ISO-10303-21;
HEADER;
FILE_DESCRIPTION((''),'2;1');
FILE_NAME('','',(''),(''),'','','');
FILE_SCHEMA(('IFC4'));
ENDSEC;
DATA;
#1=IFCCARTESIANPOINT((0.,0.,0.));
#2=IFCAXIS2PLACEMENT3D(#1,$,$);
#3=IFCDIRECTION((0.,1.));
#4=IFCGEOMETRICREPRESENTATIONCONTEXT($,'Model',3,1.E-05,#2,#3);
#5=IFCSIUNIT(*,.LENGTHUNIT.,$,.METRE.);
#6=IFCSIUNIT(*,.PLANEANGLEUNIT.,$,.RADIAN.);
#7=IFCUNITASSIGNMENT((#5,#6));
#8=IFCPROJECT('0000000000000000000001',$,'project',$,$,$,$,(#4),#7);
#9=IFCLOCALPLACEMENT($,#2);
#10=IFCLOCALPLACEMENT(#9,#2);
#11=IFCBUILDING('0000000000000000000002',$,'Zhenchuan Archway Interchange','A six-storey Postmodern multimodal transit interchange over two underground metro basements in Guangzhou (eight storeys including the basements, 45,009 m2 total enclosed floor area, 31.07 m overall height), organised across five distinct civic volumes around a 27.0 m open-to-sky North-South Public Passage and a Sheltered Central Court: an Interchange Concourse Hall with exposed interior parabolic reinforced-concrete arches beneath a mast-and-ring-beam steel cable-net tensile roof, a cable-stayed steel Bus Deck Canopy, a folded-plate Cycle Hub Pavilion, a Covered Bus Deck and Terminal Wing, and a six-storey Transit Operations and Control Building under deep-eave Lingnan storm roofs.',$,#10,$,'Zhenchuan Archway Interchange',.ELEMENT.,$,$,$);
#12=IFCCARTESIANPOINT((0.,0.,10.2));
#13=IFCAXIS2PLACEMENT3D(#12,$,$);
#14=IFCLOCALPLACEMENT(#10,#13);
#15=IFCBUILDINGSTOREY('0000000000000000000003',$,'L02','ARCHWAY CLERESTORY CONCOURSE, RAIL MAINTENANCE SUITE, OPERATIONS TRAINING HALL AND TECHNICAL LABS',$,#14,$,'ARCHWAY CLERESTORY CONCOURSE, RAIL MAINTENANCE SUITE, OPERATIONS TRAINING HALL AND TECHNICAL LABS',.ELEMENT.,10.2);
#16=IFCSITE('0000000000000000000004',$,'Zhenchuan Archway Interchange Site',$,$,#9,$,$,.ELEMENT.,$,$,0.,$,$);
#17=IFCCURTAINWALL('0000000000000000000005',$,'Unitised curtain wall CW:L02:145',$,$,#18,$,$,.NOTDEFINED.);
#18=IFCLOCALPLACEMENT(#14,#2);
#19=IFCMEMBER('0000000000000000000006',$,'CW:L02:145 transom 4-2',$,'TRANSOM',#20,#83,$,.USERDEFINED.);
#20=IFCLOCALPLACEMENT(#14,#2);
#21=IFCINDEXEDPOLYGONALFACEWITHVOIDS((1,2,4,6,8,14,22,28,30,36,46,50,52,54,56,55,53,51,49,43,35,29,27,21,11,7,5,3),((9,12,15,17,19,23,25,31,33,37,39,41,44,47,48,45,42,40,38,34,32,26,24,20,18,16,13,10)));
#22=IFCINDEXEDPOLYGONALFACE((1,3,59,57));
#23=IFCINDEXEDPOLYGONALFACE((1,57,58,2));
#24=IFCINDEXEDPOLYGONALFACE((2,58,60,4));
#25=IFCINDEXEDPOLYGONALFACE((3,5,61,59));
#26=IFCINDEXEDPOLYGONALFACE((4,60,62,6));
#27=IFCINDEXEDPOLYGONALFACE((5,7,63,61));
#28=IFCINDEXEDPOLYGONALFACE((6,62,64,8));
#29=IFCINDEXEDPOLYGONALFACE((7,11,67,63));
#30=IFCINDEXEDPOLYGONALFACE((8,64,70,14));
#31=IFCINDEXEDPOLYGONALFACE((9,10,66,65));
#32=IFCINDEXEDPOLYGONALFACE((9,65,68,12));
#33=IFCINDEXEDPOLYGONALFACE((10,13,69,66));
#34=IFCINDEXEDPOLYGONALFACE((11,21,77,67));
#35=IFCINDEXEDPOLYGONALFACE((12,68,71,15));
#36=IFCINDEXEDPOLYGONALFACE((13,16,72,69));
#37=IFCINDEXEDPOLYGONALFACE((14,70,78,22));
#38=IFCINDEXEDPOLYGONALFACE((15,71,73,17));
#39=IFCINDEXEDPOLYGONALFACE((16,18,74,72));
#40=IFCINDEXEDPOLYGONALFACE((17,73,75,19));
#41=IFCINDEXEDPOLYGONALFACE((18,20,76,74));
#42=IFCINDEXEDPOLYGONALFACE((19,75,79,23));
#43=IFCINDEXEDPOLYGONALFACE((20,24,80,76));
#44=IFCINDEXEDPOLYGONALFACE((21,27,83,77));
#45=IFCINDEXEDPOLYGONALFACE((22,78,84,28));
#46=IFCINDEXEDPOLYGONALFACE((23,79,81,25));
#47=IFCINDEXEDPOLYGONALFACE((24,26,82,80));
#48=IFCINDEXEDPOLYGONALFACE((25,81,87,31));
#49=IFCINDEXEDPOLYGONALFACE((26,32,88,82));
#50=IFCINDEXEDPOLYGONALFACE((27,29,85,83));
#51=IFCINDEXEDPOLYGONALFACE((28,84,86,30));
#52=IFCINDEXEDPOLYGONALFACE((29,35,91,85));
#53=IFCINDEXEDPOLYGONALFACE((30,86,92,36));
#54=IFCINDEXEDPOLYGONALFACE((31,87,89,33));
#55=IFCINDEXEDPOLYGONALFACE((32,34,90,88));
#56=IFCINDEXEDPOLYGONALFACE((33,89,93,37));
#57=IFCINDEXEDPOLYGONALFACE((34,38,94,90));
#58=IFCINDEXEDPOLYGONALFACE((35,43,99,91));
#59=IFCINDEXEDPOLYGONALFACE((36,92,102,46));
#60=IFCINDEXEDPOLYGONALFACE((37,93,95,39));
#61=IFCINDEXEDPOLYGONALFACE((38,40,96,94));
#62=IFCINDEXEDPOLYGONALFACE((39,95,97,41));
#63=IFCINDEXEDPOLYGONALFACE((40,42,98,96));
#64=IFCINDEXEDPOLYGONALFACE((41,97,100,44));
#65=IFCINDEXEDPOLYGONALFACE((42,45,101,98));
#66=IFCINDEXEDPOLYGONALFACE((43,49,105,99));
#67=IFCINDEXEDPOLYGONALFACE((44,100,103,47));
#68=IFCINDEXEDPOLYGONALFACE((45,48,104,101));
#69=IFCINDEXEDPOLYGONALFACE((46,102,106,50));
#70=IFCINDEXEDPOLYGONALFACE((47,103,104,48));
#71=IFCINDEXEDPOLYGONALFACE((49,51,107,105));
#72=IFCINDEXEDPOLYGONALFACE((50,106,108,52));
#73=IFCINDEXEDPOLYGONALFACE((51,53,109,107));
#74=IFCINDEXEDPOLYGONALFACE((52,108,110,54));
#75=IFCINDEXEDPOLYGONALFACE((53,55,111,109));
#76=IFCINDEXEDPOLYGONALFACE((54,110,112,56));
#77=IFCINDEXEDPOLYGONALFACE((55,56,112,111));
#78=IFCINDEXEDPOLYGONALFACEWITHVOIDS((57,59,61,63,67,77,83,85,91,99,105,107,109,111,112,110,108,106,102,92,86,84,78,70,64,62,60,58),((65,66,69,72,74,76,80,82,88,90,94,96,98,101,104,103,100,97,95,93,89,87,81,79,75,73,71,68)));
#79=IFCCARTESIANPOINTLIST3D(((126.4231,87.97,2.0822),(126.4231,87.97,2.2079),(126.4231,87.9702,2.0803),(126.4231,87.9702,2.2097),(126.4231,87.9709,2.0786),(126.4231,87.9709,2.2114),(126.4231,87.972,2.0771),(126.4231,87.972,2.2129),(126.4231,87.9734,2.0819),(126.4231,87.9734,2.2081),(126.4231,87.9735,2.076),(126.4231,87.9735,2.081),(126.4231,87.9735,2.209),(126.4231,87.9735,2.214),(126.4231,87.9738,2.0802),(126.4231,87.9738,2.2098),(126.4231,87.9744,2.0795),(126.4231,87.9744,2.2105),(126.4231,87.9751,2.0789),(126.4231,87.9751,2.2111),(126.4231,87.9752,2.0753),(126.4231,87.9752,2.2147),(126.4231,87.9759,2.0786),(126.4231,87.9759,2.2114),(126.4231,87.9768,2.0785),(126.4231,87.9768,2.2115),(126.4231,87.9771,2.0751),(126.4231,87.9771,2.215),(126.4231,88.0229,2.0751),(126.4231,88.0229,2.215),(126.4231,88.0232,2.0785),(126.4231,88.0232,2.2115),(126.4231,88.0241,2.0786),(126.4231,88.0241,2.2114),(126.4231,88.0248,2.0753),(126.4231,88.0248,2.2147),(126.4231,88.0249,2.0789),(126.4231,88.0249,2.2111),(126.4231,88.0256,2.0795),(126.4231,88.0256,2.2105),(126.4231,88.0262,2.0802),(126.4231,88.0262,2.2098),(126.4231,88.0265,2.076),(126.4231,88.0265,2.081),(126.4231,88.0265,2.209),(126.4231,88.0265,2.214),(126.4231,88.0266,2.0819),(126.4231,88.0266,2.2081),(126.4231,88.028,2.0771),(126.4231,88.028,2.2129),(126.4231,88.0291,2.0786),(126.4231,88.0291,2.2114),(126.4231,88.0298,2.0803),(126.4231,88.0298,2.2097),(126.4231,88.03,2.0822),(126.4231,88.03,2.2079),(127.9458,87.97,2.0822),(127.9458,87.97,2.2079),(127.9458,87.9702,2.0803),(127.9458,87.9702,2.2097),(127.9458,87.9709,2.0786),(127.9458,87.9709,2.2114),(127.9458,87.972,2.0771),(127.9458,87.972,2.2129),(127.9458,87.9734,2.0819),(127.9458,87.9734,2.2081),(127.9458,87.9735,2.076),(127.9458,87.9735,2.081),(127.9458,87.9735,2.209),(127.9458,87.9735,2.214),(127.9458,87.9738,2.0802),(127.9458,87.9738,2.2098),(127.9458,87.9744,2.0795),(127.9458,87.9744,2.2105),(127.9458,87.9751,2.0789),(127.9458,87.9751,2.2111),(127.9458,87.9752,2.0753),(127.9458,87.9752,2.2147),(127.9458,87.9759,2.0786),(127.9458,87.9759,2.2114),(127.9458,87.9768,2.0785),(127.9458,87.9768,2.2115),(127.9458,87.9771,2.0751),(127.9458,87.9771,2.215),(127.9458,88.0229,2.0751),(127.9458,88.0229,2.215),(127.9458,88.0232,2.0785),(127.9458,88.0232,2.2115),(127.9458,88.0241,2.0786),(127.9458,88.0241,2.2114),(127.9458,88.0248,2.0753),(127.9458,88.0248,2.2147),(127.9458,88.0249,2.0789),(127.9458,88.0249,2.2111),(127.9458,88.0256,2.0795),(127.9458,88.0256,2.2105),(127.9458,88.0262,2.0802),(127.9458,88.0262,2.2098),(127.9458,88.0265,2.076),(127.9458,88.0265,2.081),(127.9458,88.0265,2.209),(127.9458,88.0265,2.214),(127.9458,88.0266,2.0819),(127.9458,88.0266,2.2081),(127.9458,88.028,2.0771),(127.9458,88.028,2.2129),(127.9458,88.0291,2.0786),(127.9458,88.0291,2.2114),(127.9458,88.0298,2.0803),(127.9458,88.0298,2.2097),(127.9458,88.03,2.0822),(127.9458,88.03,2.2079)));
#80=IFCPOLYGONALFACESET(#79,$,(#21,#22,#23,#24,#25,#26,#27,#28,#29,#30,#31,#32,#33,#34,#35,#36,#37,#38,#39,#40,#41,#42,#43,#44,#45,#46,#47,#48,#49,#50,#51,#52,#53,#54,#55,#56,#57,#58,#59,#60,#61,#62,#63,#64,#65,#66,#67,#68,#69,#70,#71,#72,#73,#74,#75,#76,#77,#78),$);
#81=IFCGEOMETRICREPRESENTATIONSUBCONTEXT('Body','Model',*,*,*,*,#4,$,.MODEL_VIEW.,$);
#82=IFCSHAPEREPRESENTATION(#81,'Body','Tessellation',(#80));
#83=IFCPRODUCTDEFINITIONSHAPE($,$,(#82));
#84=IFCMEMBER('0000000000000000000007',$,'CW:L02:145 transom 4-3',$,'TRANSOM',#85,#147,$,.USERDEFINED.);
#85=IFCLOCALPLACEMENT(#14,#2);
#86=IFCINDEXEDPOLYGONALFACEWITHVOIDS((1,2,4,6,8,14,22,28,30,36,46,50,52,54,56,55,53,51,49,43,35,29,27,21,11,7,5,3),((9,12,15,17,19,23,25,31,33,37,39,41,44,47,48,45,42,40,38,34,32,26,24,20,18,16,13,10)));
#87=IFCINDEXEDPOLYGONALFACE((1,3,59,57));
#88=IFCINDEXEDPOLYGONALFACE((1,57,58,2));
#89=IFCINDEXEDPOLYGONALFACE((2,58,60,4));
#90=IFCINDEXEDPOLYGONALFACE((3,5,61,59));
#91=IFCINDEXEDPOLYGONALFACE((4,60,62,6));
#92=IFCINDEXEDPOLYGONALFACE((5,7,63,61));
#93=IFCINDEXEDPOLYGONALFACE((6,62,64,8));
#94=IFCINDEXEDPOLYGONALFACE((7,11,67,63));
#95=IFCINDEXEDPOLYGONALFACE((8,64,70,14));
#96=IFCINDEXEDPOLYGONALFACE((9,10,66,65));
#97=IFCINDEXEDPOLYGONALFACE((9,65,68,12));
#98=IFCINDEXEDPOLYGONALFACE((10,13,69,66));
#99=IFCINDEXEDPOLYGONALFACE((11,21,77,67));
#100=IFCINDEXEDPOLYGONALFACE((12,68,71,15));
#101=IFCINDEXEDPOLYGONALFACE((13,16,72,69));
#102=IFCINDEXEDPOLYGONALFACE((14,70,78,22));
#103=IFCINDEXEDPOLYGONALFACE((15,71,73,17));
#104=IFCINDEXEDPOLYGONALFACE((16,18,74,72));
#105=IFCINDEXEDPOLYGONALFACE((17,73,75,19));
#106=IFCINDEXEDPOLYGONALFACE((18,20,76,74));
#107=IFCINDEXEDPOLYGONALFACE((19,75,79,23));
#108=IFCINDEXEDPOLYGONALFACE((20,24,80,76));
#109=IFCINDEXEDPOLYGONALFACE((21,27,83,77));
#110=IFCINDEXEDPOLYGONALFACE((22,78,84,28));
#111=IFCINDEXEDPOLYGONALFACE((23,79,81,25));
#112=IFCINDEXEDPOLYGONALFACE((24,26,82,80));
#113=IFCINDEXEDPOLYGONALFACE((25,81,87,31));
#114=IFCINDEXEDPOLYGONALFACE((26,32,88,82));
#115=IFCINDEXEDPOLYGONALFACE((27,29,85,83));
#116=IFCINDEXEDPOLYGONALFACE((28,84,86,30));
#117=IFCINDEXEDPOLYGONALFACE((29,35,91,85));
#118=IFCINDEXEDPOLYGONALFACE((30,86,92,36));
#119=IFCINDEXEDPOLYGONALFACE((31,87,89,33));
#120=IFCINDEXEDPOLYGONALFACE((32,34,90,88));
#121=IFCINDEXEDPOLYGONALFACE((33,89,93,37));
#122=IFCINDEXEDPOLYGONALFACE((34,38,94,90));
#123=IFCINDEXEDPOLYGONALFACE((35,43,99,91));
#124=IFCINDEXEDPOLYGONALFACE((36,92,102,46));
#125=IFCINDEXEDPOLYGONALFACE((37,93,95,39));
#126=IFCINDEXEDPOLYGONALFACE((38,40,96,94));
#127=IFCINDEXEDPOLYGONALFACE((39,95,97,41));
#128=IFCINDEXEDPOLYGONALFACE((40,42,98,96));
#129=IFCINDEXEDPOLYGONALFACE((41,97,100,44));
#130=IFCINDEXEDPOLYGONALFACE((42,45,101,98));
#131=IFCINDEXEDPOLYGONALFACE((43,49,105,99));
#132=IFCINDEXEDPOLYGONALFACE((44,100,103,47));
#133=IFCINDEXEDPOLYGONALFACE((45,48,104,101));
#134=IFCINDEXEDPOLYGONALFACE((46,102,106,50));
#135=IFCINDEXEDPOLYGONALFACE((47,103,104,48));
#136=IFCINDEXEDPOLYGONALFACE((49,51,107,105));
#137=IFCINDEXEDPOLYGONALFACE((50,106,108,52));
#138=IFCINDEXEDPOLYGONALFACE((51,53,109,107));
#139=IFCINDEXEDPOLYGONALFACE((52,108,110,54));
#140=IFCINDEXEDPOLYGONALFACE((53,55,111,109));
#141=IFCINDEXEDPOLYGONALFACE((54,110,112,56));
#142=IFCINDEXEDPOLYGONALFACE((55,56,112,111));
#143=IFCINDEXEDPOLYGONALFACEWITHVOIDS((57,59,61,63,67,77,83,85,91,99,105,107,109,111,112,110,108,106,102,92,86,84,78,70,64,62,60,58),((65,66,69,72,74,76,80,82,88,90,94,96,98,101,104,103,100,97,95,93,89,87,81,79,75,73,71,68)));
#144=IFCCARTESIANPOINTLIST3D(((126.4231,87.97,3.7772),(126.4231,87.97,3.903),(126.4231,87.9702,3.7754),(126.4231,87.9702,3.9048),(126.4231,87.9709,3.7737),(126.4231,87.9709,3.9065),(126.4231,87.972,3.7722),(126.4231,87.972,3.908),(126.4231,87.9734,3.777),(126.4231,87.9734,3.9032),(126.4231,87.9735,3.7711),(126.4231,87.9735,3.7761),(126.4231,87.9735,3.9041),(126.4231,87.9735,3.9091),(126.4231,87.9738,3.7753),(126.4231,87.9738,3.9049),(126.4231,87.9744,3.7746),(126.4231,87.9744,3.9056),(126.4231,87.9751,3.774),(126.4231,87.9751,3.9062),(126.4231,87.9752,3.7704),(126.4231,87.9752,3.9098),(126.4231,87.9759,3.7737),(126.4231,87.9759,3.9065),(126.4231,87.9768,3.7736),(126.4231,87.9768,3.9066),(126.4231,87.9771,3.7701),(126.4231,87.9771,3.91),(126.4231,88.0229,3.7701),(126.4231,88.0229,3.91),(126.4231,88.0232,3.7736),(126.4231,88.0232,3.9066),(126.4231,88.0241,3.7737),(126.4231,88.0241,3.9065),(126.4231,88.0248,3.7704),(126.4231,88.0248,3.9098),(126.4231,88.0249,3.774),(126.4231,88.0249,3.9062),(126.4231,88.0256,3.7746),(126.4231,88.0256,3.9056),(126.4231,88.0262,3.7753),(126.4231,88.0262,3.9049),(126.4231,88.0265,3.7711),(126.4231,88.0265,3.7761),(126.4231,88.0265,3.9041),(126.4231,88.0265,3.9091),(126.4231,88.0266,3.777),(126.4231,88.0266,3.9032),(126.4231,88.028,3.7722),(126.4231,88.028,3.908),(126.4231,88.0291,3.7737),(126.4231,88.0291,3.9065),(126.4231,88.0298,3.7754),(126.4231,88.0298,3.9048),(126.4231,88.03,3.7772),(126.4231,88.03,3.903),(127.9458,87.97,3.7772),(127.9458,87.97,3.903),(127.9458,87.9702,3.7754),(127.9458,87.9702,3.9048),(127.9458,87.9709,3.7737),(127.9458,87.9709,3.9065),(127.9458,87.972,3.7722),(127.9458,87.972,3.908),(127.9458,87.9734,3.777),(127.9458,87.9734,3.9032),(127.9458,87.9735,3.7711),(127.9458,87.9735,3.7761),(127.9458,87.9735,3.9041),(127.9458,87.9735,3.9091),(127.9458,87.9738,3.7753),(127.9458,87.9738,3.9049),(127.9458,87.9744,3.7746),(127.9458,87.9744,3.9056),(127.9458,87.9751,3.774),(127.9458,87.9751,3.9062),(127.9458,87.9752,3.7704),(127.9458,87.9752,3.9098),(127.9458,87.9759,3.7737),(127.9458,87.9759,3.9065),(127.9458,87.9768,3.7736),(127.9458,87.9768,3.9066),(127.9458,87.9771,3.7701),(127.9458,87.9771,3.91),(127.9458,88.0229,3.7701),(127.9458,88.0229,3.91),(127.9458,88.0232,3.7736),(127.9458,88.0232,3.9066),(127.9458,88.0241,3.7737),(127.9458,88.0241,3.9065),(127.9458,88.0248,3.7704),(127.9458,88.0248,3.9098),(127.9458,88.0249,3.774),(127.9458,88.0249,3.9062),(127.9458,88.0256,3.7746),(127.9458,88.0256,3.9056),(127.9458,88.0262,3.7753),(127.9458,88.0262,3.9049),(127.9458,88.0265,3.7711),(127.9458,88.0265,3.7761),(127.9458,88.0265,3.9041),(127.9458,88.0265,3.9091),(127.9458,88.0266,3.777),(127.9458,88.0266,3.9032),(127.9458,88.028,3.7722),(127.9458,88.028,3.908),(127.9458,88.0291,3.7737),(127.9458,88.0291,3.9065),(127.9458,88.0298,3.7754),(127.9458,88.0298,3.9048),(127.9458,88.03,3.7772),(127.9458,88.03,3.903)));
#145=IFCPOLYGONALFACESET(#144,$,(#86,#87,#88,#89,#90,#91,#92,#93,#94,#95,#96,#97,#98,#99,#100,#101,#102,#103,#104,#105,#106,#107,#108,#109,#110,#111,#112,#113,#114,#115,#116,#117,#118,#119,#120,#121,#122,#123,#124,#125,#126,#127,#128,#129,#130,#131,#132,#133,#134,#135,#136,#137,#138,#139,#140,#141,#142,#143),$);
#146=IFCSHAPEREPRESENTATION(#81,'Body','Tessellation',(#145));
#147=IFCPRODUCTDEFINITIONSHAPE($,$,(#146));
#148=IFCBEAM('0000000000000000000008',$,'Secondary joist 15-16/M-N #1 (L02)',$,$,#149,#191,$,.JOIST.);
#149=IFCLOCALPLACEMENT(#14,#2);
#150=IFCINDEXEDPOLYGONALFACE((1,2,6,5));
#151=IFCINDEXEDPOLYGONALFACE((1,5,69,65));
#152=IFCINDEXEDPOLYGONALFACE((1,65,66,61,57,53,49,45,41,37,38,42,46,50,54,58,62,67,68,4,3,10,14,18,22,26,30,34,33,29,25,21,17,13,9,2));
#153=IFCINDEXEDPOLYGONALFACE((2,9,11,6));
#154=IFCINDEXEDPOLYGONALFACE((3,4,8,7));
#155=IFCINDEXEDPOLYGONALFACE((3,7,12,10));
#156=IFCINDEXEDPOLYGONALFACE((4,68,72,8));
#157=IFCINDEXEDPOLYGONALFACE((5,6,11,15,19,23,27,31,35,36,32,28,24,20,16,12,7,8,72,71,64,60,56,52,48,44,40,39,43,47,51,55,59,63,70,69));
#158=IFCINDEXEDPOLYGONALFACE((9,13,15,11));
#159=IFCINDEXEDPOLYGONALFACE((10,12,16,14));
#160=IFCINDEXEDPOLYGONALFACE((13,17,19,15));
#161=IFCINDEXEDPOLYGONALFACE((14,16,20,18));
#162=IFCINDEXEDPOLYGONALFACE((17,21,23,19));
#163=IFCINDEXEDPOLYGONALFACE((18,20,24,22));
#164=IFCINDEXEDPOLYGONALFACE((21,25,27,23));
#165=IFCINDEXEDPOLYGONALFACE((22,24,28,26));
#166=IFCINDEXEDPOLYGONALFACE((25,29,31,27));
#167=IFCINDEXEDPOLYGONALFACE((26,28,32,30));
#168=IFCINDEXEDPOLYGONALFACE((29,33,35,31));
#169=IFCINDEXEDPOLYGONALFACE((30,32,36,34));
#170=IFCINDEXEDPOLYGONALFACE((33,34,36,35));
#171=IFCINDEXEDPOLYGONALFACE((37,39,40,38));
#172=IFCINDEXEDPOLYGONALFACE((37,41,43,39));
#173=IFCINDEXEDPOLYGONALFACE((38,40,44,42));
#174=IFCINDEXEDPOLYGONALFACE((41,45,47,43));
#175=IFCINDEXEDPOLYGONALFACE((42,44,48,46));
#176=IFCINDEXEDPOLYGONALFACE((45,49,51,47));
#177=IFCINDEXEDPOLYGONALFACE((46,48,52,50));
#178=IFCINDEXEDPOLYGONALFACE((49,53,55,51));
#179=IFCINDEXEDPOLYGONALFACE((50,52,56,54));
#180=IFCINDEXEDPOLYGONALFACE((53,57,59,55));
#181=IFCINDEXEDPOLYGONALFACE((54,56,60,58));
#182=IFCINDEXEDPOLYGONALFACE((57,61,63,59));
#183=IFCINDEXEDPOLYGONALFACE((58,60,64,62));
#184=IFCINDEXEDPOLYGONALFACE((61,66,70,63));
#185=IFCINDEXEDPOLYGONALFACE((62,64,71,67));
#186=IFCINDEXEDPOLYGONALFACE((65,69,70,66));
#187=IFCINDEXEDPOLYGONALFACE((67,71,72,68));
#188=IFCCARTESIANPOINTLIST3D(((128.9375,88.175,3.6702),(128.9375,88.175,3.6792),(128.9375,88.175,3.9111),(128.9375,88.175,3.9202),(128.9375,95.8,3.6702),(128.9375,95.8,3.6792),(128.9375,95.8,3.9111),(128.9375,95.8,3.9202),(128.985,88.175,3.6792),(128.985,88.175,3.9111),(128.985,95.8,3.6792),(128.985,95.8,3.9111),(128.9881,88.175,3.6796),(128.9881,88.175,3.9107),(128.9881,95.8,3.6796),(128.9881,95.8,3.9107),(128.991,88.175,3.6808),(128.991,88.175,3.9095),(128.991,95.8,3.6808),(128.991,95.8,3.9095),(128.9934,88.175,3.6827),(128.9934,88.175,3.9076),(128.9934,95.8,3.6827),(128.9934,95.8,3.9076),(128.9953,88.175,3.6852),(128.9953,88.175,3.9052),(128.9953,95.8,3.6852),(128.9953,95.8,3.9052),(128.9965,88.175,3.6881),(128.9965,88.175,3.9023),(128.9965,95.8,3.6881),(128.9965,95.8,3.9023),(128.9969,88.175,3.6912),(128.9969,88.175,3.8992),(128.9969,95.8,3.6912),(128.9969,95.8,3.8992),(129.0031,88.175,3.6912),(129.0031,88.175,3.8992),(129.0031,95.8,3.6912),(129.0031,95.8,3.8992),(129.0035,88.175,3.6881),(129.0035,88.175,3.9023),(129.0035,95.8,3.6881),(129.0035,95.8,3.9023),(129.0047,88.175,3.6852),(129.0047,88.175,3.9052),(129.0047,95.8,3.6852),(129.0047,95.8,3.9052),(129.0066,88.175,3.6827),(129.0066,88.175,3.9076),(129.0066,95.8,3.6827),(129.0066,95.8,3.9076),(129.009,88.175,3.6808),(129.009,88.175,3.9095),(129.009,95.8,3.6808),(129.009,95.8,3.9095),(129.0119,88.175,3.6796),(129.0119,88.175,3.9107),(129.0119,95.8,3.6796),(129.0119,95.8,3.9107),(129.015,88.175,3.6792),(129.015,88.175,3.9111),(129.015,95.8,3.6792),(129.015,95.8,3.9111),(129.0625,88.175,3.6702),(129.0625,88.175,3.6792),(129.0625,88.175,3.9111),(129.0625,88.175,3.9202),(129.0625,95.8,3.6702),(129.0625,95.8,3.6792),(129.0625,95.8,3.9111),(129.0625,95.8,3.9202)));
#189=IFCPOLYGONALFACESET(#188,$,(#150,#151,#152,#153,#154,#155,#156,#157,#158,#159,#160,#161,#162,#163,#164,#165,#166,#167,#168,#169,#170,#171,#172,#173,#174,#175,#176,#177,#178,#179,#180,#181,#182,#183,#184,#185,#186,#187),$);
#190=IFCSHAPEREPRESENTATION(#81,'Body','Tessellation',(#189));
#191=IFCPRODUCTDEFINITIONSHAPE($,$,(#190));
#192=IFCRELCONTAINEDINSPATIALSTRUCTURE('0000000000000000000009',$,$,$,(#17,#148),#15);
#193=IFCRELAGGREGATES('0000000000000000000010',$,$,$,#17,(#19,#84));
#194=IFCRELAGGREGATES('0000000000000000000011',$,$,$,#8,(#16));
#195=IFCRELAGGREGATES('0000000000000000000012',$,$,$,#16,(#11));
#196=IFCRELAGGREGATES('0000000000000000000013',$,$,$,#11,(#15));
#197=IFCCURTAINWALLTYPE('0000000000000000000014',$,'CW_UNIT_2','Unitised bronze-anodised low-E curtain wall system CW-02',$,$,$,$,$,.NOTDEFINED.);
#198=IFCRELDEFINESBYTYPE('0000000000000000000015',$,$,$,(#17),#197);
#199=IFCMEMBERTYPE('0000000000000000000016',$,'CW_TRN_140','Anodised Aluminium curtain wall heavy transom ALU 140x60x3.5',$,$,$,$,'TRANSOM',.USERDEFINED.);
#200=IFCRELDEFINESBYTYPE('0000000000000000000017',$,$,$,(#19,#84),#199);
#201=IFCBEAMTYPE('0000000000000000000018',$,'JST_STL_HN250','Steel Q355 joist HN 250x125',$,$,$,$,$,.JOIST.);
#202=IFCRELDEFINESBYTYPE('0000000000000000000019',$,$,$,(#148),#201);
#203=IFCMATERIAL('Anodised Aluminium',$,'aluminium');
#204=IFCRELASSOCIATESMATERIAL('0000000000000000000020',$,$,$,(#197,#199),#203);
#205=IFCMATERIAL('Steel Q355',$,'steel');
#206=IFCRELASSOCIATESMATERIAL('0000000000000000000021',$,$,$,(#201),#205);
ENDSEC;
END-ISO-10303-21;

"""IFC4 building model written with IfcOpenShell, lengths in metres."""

from ifc_helpers import new_model, si_unit, direction, frame, origin, origin_2d, place, context, subcontext, project, spatial, hollow_rectangle, i_section, extrude, material, material_profile, profile_set, type_object, element, aggregate, save


model = new_model("IFC4")

# Units and contexts
model_context = context("Model", 3, precision=1e-05, world=origin(), true_north=direction((0.0, 1.0)))
body_context = subcontext(model_context, "Body", "Model", "MODEL_VIEW")
ifc_project = project(units=[si_unit("LENGTHUNIT", "METRE"), si_unit("PLANEANGLEUNIT", "RADIAN")], contexts=[model_context])

# Site, building, storey
site_placement = place(None, origin())
site = spatial("IfcSite", under=ifc_project, at=site_placement, Name="Zhenchuan Archway Interchange Site", CompositionType="ELEMENT", RefElevation=0.0)
building_placement = place(site_placement, origin())
building = spatial("IfcBuilding", under=site, at=building_placement, Name="Zhenchuan Archway Interchange", Description="A six-storey Postmodern multimodal transit interchange over two underground metro basements in Guangzhou (eight storeys including the basements, 45,009 m2 total enclosed floor area, 31.07 m overall height), organised across five distinct civic volumes around a 27.0 m open-to-sky North-South Public Passage and a Sheltered Central Court: an Interchange Concourse Hall with exposed interior parabolic reinforced-concrete arches beneath a mast-and-ring-beam steel cable-net tensile roof, a cable-stayed steel Bus Deck Canopy, a folded-plate Cycle Hub Pavilion, a Covered Bus Deck and Terminal Wing, and a six-storey Transit Operations and Control Building under deep-eave Lingnan storm roofs.", LongName="Zhenchuan Archway Interchange", CompositionType="ELEMENT")
storey_placement = place(building_placement, frame((0.0, 0.0, 10.2)))
storey = spatial("IfcBuildingStorey", under=building, at=storey_placement, Name="L02", Description="ARCHWAY CLERESTORY CONCOURSE, RAIL MAINTENANCE SUITE, OPERATIONS TRAINING HALL AND TECHNICAL LABS", LongName="ARCHWAY CLERESTORY CONCOURSE, RAIL MAINTENANCE SUITE, OPERATIONS TRAINING HALL AND TECHNICAL LABS", CompositionType="ELEMENT", Elevation=10.2)

# Curtain wall, members
ifc_material_1 = material(Name="Anodised Aluminium", Category="aluminium")
curtain_wall_type = type_object("IfcCurtainWallType", Name="CW_UNIT_2", Description="Unitised bronze-anodised low-E curtain wall system CW-02", PredefinedType="NOTDEFINED", material=ifc_material_1)
curtain_wall_placement = place(storey_placement, origin())
curtain_wall = element("IfcCurtainWall", 1, at=curtain_wall_placement, inside=storey, type_object=curtain_wall_type, Name="Unitised curtain wall CW:L02:145", PredefinedType="NOTDEFINED")
ifc_material_profile_1 = material_profile(ifc_material_1, hollow_rectangle(XDim=0.0601, YDim=0.1399, WallThickness=0.0034, InnerFilletRadius=0.0034, OuterFilletRadius=0.0071, at=origin_2d()), Name="ALU 140x60x3.5")
ifc_profile_set_1 = profile_set([ifc_material_profile_1], Name="Anodised Aluminium")
member_type_1 = type_object("IfcMemberType", Name="CW_TRN_140", Description="Anodised Aluminium curtain wall heavy transom ALU 140x60x3.5", ElementType="TRANSOM", PredefinedType="USERDEFINED", material=ifc_profile_set_1)
member_1_placement = place(storey_placement, frame((127.9458, 88.0, 2.145), z_axis=(-1.0, 0.0, 0.0), x_axis=(0.0, -1.0, 0.0)))
member_1 = element("IfcMember", 2, at=member_1_placement, type_object=member_type_1, Name="CW:L02:145 transom 4-2", ObjectType="TRANSOM", PredefinedType="USERDEFINED", context=body_context, shape_type="SweptSolid", body=[
    extrude(hollow_rectangle(XDim=0.0601, YDim=0.1399, WallThickness=0.0034, InnerFilletRadius=0.0034, OuterFilletRadius=0.0071, at=origin_2d()), origin(), (0.0, 0.0, 1.0), 1.5227),
])
member_2_placement = place(storey_placement, frame((127.9458, 88.0, 3.8401), z_axis=(-1.0, 0.0, 0.0), x_axis=(0.0, -1.0, 0.0)))
member_2 = element("IfcMember", 3, at=member_2_placement, type_object=member_type_1, Name="CW:L02:145 transom 4-3", ObjectType="TRANSOM", PredefinedType="USERDEFINED", context=body_context, shape_type="SweptSolid", body=[
    extrude(hollow_rectangle(XDim=0.0601, YDim=0.1399, WallThickness=0.0034, InnerFilletRadius=0.0034, OuterFilletRadius=0.0071, at=origin_2d()), origin(), (0.0, 0.0, 1.0), 1.5227),
])

# Beam
ifc_material_2 = material(Name="Steel Q355", Category="steel")
ifc_material_profile_2 = material_profile(ifc_material_2, i_section(OverallWidth=0.125, OverallDepth=0.25, WebThickness=0.0061, FlangeThickness=0.009, FilletRadius=0.012, at=origin_2d()), Name="HN 250x125")
ifc_profile_set_2 = profile_set([ifc_material_profile_2], Name="Steel Q355")
beam_type_1 = type_object("IfcBeamType", Name="JST_STL_HN250", Description="Steel Q355 joist HN 250x125", PredefinedType="JOIST", material=ifc_profile_set_2)
beam_1_placement = place(storey_placement, frame((129.0, 88.175, 3.7952), z_axis=(0.0, 1.0, 0.0), x_axis=(-1.0, 0.0, 0.0)))
element("IfcBeam", 4, at=beam_1_placement, inside=storey, type_object=beam_type_1, Name="Secondary joist 15-16/M-N #1 (L02)", PredefinedType="JOIST", context=body_context, shape_type="SweptSolid", body=[
    extrude(i_section(OverallWidth=0.125, OverallDepth=0.25, WebThickness=0.0061, FlangeThickness=0.009, FilletRadius=0.012, at=origin_2d()), origin(), (0.0, 0.0, 1.0), 7.625),
])

aggregate(curtain_wall, [member_1, member_2])

save(model, "model.ifc")
